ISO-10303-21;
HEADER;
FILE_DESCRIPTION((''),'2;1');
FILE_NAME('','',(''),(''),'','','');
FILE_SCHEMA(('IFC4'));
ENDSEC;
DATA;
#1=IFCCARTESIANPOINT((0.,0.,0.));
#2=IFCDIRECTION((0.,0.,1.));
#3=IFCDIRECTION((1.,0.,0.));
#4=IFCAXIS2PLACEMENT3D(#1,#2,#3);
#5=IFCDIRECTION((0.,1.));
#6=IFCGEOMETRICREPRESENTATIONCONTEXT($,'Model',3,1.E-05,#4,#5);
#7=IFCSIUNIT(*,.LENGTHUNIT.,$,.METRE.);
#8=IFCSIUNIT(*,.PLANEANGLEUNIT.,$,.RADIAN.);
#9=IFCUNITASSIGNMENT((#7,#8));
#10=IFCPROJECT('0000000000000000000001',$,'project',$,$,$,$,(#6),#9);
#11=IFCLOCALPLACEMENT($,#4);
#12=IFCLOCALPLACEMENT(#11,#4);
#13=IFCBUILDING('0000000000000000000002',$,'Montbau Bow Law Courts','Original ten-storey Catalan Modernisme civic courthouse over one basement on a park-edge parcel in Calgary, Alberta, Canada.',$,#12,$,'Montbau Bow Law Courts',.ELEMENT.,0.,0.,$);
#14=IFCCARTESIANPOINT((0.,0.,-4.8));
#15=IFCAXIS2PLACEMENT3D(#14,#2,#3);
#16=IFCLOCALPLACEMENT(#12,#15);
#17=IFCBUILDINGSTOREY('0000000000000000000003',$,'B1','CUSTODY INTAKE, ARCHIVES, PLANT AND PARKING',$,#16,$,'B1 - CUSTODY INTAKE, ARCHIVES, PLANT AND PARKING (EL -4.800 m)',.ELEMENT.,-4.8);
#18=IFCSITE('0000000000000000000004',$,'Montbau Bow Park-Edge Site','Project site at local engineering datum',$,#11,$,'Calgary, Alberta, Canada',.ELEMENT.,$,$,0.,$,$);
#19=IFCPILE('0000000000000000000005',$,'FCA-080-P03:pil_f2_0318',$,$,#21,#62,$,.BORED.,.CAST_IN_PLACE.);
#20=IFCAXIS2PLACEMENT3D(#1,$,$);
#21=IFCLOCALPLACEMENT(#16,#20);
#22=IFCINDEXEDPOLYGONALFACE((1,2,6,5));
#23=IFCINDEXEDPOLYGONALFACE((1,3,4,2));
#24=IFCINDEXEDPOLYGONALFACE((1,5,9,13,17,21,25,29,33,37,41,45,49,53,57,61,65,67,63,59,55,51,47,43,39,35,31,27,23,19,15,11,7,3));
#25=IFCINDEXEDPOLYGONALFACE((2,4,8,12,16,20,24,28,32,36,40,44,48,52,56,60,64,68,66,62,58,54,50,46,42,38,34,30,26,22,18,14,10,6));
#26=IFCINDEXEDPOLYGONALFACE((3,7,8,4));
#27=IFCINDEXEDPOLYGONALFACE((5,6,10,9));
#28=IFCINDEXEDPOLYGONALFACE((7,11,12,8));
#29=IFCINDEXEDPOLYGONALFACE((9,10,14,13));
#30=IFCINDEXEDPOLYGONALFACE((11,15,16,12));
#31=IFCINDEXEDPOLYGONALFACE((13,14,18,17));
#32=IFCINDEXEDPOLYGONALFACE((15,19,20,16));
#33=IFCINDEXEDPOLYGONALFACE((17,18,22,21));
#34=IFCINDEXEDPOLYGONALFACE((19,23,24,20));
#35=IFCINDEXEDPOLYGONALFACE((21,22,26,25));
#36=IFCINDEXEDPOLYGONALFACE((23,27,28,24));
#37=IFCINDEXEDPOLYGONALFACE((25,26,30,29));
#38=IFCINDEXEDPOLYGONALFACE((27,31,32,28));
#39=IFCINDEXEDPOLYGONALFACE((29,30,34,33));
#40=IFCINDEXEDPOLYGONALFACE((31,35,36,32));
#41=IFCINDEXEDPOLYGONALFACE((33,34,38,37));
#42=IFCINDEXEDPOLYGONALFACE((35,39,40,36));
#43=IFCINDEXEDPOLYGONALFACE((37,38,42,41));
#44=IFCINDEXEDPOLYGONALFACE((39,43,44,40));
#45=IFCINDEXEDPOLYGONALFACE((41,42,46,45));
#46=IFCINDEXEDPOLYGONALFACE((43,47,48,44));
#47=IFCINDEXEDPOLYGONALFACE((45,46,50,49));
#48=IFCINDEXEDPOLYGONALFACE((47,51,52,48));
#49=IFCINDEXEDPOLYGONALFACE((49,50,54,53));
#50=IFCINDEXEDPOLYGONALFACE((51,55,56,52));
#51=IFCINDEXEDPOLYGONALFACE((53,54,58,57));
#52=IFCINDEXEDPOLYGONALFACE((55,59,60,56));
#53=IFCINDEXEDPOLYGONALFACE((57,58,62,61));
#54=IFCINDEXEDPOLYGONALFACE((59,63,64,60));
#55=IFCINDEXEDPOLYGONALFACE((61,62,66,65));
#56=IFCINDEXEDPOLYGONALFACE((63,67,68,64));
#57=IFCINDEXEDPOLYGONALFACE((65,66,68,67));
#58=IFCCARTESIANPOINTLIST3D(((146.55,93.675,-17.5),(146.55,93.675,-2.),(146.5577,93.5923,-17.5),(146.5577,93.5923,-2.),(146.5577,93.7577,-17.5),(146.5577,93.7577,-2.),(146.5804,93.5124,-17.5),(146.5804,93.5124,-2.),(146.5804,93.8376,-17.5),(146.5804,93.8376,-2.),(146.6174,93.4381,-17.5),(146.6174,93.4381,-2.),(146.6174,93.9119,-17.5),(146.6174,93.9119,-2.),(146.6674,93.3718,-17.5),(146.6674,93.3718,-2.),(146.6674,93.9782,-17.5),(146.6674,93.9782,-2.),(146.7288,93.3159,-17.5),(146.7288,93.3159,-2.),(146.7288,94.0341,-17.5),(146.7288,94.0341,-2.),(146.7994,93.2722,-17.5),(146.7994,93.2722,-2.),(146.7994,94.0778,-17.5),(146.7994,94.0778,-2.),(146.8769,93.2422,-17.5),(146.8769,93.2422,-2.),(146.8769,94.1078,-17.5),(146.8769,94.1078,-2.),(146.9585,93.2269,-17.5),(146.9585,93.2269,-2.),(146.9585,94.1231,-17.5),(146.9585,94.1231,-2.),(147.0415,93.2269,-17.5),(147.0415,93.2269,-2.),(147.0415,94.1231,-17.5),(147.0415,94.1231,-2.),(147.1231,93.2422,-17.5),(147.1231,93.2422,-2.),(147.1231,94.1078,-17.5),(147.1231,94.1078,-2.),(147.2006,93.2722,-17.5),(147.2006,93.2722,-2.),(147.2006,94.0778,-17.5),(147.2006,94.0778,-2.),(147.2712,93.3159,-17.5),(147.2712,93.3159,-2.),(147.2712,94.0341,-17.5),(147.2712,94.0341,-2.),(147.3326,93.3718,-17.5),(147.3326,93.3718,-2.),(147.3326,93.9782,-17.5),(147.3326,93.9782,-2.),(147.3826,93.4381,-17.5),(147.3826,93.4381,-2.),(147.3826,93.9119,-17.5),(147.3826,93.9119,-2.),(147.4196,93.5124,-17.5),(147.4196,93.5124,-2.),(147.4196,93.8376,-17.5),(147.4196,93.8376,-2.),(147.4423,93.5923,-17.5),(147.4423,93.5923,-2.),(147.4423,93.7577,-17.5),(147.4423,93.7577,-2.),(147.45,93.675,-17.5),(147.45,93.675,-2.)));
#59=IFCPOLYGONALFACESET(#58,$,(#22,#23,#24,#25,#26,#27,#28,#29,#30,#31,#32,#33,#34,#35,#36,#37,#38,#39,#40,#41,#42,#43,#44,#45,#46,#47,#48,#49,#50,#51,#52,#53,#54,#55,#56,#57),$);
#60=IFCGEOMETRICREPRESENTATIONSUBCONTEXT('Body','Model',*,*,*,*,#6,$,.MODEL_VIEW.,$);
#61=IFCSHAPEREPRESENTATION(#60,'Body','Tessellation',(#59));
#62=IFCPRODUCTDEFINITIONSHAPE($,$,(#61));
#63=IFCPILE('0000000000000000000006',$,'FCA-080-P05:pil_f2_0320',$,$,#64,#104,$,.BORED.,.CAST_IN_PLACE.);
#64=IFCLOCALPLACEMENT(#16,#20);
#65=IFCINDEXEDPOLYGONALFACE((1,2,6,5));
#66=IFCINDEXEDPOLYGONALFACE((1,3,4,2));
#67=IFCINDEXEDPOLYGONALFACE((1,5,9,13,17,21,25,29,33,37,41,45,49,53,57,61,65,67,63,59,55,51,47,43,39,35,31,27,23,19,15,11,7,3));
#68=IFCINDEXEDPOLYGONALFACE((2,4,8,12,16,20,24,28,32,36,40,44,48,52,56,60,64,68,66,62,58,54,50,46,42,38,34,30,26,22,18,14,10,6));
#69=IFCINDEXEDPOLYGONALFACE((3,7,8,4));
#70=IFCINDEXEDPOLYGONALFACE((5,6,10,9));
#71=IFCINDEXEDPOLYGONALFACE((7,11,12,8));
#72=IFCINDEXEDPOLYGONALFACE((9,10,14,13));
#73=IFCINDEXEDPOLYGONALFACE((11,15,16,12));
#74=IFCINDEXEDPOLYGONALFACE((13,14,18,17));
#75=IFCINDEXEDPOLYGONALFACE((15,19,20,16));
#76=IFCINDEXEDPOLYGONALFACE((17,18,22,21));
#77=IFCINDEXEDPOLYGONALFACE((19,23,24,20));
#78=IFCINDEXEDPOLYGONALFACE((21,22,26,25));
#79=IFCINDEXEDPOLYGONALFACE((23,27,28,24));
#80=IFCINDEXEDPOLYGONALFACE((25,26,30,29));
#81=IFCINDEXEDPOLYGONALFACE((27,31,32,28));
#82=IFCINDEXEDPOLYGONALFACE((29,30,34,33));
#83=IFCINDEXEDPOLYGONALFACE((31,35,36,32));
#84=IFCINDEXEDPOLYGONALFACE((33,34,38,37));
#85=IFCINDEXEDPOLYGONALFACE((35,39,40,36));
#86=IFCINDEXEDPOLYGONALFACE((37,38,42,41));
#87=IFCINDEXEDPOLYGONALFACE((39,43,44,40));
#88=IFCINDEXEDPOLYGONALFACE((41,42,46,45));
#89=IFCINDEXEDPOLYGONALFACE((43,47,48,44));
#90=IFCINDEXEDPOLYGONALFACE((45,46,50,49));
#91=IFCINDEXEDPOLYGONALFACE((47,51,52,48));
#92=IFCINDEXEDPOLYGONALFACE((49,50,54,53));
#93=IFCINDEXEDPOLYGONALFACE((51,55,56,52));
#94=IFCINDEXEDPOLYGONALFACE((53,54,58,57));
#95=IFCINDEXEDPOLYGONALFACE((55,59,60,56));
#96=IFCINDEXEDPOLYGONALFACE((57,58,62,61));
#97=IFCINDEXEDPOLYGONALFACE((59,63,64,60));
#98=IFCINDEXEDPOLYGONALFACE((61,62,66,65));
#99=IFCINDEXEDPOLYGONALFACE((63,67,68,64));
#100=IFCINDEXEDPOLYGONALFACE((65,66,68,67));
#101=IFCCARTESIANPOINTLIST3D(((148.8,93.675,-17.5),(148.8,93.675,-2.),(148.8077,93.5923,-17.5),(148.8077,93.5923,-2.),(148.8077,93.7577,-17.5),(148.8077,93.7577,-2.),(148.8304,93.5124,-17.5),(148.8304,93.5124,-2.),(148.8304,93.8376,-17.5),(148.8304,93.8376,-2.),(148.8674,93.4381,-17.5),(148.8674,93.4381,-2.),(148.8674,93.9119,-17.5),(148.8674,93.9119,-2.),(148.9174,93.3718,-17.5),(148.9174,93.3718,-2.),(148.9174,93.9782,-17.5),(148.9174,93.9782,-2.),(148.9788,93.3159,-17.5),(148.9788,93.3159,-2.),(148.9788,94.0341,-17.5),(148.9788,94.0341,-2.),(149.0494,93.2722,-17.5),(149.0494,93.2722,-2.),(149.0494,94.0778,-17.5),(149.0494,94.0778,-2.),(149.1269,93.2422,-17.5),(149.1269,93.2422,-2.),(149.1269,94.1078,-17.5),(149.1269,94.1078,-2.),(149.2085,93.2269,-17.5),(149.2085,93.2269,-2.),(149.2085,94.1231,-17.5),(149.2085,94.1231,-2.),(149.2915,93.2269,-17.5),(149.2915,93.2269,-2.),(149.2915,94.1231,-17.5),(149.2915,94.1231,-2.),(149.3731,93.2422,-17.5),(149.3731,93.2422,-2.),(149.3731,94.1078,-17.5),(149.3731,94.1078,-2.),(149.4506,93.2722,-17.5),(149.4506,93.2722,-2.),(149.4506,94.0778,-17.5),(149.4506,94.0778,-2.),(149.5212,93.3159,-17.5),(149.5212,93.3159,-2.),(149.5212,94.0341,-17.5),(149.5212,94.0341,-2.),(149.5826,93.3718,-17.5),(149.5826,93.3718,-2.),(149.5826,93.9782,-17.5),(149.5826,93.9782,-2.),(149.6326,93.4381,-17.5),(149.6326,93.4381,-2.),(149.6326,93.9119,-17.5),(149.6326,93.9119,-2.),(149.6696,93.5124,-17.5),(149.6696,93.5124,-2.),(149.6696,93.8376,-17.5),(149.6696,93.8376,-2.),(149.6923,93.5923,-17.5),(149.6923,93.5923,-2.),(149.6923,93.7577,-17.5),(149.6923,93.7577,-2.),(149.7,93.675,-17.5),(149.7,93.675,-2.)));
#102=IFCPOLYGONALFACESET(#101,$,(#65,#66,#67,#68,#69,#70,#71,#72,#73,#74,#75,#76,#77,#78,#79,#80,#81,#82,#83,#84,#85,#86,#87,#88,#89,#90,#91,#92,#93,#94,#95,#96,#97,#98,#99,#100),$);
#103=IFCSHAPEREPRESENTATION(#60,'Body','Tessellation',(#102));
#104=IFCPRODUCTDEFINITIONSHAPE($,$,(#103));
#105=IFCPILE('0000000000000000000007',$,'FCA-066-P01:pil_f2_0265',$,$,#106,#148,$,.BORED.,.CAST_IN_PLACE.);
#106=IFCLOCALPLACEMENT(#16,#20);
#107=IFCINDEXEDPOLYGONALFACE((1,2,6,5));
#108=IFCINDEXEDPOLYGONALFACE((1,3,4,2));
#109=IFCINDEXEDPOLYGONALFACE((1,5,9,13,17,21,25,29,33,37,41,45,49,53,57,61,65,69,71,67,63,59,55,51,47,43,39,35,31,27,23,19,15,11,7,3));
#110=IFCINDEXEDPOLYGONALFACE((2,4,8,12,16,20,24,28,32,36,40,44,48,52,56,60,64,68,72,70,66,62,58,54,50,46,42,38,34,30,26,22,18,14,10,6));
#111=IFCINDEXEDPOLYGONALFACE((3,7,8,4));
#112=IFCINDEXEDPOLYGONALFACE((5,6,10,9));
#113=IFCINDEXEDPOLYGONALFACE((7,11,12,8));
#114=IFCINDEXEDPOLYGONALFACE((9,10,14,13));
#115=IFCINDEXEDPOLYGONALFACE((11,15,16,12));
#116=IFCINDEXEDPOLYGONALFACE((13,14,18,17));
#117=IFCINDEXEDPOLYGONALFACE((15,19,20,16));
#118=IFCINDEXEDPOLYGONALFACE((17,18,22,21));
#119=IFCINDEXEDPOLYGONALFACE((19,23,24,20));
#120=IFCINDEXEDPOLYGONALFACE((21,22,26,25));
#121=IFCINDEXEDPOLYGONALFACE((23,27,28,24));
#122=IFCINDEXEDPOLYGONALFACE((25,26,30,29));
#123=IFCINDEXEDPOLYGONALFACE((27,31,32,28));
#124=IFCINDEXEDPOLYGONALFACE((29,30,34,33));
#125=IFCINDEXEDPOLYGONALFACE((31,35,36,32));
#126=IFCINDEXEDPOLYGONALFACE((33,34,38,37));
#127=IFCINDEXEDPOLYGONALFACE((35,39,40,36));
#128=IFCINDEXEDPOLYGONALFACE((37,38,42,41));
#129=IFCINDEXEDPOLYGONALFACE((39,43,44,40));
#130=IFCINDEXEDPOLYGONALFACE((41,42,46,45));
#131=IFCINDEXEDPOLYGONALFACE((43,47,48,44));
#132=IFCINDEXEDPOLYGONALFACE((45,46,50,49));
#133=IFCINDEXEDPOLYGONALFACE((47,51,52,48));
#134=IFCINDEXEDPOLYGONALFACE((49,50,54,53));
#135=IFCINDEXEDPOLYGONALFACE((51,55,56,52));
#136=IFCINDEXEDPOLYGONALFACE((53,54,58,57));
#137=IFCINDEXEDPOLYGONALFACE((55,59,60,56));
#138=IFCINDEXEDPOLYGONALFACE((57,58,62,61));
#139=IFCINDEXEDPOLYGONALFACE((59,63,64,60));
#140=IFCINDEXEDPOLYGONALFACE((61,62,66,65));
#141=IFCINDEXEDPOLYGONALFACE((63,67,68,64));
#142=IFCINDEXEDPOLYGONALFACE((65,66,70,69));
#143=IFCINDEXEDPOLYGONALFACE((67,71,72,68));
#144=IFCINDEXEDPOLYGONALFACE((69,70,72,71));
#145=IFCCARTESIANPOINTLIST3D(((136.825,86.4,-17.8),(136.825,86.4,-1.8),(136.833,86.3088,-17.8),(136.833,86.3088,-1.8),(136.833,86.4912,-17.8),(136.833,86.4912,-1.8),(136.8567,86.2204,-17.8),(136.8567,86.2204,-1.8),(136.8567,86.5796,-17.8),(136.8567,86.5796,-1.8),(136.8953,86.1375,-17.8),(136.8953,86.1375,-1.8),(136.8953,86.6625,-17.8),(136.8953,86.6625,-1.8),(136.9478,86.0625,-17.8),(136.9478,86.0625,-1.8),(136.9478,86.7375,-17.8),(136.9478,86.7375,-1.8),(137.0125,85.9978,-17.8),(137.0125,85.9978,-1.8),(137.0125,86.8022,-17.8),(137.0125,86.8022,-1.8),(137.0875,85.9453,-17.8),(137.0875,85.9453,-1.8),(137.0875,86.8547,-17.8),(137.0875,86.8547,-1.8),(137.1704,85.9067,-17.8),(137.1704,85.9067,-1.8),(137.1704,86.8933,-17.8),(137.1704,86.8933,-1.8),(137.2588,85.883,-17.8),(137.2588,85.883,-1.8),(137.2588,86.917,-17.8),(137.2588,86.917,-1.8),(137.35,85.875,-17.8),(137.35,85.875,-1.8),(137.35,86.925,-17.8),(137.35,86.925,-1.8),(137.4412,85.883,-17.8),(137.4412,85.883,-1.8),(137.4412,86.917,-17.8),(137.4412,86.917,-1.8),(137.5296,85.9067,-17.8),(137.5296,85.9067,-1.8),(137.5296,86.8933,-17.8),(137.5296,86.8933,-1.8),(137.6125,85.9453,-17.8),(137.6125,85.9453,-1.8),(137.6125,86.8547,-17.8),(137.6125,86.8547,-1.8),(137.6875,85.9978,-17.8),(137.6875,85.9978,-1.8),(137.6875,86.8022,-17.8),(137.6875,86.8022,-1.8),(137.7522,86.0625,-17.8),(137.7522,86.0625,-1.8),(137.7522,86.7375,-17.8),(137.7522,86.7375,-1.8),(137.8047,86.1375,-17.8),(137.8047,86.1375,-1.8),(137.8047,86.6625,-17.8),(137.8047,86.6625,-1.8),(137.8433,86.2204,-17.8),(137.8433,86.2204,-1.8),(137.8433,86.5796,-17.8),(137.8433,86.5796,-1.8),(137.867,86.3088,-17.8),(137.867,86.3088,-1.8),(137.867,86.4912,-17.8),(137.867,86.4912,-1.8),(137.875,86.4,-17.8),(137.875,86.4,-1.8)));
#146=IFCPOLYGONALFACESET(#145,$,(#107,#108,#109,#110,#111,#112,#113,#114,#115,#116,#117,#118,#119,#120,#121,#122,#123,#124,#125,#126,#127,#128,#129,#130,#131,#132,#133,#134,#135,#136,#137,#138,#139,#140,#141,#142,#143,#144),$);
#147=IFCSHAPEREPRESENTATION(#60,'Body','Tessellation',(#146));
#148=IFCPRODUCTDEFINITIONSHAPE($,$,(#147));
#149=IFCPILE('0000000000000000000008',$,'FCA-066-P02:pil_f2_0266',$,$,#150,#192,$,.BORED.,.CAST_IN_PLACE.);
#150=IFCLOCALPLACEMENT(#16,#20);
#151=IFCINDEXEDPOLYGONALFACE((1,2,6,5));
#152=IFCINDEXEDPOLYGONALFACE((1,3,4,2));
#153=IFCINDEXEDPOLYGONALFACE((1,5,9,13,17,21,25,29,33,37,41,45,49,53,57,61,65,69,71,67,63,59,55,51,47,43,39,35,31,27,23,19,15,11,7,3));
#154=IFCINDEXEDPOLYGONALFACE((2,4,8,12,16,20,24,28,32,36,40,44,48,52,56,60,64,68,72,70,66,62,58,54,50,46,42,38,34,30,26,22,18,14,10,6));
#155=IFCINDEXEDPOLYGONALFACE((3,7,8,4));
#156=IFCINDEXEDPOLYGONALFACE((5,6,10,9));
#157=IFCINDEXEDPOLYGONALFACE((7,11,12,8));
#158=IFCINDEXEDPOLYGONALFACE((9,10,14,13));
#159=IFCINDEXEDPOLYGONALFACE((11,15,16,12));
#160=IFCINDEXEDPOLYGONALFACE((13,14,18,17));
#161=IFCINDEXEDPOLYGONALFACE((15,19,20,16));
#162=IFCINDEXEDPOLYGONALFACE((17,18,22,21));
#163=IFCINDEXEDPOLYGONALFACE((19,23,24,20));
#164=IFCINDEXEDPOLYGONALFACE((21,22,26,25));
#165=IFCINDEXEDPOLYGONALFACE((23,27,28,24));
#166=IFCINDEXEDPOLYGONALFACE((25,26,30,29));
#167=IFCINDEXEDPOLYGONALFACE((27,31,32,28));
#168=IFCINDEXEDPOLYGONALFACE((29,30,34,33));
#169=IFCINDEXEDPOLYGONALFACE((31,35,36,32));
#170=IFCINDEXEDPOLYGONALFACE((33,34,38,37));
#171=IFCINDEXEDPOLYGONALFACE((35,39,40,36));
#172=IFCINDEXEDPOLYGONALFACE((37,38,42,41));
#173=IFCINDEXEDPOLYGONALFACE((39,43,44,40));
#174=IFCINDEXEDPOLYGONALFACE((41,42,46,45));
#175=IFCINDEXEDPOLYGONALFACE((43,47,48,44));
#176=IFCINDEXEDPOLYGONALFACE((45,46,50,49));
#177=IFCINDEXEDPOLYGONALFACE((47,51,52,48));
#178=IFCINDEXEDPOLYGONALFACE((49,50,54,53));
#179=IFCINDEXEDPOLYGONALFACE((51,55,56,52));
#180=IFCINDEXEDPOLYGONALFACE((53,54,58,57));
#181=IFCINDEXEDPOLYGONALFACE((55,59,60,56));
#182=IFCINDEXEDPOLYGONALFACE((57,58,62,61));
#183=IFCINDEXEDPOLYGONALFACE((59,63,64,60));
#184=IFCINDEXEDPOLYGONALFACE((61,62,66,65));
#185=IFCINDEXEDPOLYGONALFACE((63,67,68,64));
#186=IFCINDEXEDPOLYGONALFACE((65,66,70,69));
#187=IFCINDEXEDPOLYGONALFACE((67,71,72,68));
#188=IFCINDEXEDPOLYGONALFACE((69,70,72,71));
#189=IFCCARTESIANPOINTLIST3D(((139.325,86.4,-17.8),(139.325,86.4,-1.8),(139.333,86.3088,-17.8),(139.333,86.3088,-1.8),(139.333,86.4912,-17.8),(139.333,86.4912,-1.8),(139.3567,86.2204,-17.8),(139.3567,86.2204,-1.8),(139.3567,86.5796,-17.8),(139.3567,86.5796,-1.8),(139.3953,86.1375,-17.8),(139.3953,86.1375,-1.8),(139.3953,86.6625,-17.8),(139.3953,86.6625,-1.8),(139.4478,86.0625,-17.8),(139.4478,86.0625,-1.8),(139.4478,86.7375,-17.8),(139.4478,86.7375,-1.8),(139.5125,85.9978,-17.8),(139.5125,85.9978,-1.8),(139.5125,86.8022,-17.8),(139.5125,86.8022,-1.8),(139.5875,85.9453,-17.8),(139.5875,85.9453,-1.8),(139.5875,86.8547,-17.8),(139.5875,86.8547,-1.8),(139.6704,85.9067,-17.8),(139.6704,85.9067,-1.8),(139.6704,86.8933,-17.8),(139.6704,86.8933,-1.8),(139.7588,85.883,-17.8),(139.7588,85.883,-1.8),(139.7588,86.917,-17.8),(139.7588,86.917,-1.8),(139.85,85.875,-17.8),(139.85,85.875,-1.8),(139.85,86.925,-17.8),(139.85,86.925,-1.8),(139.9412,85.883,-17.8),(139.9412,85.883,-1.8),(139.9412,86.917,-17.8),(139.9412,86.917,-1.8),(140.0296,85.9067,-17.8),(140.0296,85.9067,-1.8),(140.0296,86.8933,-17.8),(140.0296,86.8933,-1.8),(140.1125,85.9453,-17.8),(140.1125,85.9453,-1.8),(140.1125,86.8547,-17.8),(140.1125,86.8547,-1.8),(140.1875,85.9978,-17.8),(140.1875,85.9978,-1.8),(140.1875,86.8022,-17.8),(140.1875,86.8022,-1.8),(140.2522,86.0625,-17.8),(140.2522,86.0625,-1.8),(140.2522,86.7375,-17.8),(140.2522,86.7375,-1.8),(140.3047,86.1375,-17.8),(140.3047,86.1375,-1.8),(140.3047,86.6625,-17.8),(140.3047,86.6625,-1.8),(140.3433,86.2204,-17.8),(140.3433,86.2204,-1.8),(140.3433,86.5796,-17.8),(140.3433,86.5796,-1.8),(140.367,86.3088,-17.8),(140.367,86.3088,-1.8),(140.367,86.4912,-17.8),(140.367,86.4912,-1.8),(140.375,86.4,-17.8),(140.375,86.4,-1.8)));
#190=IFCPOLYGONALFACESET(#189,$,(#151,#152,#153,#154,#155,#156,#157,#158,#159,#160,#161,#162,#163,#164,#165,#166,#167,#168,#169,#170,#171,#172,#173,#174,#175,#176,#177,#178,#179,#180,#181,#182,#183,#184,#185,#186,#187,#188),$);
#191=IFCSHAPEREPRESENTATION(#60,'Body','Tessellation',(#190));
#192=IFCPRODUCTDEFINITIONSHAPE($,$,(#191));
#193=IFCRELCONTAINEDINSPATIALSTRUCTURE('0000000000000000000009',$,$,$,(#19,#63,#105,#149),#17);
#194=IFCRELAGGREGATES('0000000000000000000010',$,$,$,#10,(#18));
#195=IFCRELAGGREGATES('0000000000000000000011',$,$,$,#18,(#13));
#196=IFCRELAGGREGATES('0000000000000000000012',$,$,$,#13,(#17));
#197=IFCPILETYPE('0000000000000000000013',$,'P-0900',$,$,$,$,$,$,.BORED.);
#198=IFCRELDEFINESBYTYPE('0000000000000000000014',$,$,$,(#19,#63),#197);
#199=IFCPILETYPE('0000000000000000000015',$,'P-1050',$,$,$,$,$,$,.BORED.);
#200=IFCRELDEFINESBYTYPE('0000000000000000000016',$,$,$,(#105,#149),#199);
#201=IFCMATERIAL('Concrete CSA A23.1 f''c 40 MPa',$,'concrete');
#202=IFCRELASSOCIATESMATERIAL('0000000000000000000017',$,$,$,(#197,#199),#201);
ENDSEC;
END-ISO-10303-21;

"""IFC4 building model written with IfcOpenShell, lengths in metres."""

from ifc_helpers import new_model, si_unit, direction, frame, origin_with_axes, origin_2d_with_axis, place, context, subcontext, project, spatial, circle, extrude, material, material_profile, profile_set, type_object, element, save


model = new_model("IFC4")

# Units and contexts
model_context = context("Model", 3, precision=1e-05, world=origin_with_axes(), true_north=direction((0.0, 1.0)))
body_context = subcontext(model_context, "Body", "Model", "MODEL_VIEW")
ifc_project = project(units=[si_unit("LENGTHUNIT", "METRE"), si_unit("PLANEANGLEUNIT", "RADIAN")], contexts=[model_context])

# Site, building, storey
site_placement = place(None, origin_with_axes())
site = spatial("IfcSite", under=ifc_project, at=site_placement, Name="Montbau Bow Park-Edge Site", Description="Project site at local engineering datum", LongName="Calgary, Alberta, Canada", CompositionType="ELEMENT", RefElevation=0.0)
building_placement = place(site_placement, origin_with_axes())
building = spatial("IfcBuilding", under=site, at=building_placement, Name="Montbau Bow Law Courts", Description="Original ten-storey Catalan Modernisme civic courthouse over one basement on a park-edge parcel in Calgary, Alberta, Canada.", LongName="Montbau Bow Law Courts", CompositionType="ELEMENT", ElevationOfRefHeight=0.0, ElevationOfTerrain=0.0)
storey_placement = place(building_placement, frame((0.0, 0.0, -4.8), z_axis=(0.0, 0.0, 1.0), x_axis=(1.0, 0.0, 0.0)))
storey = spatial("IfcBuildingStorey", under=building, at=storey_placement, Name="B1", Description="CUSTODY INTAKE, ARCHIVES, PLANT AND PARKING", LongName="B1 - CUSTODY INTAKE, ARCHIVES, PLANT AND PARKING (EL -4.800 m)", CompositionType="ELEMENT", Elevation=-4.8)

# Piles
ifc_material_1 = material(Name="Concrete CSA A23.1 f'c 40 MPa", Category="concrete")
ifc_material_profile_1 = material_profile(ifc_material_1, circle(Radius=0.45, at=origin_2d_with_axis()), Name="BP900", Category="Main", Priority=0)
ifc_profile_set_1 = profile_set([ifc_material_profile_1], Name="Concrete CSA A23.1 f'c 40 MPa")
pile_type_1 = type_object("IfcPileType", Name="P-0900", PredefinedType="BORED", material=ifc_profile_set_1)
for number, where, z_axis, x_axis, name in (
    (1, (147.0, 93.675, -22.3), (0.0, 0.0, 1.0), (1.0, 0.0, 0.0), "FCA-080-P03:pil_f2_0318"),
    (2, (149.25, 93.675, -22.3), (0.0, 0.0, 1.0), (1.0, 0.0, 0.0), "FCA-080-P05:pil_f2_0320"),
):
    element("IfcPile", number, at=place(None, frame(where, z_axis=z_axis, x_axis=x_axis)), inside=storey, type_object=pile_type_1, Name=name, ConstructionType="CAST_IN_PLACE", PredefinedType="BORED", context=body_context, shape_type="SweptSolid", body=[
        extrude(circle(Radius=0.45, at=origin_2d_with_axis()), origin_with_axes(), (0.0, 0.0, 1.0), 15.5),
    ])
ifc_material_profile_2 = material_profile(ifc_material_1, circle(Radius=0.525, at=origin_2d_with_axis()), Name="BP1050", Category="Main", Priority=0)
ifc_profile_set_2 = profile_set([ifc_material_profile_2], Name="Concrete CSA A23.1 f'c 40 MPa")
pile_type_2 = type_object("IfcPileType", Name="P-1050", PredefinedType="BORED", material=ifc_profile_set_2)
for number, where, z_axis, x_axis, name in (
    (3, (137.35, 86.4, -22.6), (0.0, 0.0, 1.0), (1.0, 0.0, 0.0), "FCA-066-P01:pil_f2_0265"),
    (4, (139.85, 86.4, -22.6), (0.0, 0.0, 1.0), (1.0, 0.0, 0.0), "FCA-066-P02:pil_f2_0266"),
):
    element("IfcPile", number, at=place(None, frame(where, z_axis=z_axis, x_axis=x_axis)), inside=storey, type_object=pile_type_2, Name=name, ConstructionType="CAST_IN_PLACE", PredefinedType="BORED", context=body_context, shape_type="SweptSolid", body=[
        extrude(circle(Radius=0.525, at=origin_2d_with_axis()), origin_with_axes(), (0.0, 0.0, 1.0), 16.0),
    ])

save(model, "model.ifc")
